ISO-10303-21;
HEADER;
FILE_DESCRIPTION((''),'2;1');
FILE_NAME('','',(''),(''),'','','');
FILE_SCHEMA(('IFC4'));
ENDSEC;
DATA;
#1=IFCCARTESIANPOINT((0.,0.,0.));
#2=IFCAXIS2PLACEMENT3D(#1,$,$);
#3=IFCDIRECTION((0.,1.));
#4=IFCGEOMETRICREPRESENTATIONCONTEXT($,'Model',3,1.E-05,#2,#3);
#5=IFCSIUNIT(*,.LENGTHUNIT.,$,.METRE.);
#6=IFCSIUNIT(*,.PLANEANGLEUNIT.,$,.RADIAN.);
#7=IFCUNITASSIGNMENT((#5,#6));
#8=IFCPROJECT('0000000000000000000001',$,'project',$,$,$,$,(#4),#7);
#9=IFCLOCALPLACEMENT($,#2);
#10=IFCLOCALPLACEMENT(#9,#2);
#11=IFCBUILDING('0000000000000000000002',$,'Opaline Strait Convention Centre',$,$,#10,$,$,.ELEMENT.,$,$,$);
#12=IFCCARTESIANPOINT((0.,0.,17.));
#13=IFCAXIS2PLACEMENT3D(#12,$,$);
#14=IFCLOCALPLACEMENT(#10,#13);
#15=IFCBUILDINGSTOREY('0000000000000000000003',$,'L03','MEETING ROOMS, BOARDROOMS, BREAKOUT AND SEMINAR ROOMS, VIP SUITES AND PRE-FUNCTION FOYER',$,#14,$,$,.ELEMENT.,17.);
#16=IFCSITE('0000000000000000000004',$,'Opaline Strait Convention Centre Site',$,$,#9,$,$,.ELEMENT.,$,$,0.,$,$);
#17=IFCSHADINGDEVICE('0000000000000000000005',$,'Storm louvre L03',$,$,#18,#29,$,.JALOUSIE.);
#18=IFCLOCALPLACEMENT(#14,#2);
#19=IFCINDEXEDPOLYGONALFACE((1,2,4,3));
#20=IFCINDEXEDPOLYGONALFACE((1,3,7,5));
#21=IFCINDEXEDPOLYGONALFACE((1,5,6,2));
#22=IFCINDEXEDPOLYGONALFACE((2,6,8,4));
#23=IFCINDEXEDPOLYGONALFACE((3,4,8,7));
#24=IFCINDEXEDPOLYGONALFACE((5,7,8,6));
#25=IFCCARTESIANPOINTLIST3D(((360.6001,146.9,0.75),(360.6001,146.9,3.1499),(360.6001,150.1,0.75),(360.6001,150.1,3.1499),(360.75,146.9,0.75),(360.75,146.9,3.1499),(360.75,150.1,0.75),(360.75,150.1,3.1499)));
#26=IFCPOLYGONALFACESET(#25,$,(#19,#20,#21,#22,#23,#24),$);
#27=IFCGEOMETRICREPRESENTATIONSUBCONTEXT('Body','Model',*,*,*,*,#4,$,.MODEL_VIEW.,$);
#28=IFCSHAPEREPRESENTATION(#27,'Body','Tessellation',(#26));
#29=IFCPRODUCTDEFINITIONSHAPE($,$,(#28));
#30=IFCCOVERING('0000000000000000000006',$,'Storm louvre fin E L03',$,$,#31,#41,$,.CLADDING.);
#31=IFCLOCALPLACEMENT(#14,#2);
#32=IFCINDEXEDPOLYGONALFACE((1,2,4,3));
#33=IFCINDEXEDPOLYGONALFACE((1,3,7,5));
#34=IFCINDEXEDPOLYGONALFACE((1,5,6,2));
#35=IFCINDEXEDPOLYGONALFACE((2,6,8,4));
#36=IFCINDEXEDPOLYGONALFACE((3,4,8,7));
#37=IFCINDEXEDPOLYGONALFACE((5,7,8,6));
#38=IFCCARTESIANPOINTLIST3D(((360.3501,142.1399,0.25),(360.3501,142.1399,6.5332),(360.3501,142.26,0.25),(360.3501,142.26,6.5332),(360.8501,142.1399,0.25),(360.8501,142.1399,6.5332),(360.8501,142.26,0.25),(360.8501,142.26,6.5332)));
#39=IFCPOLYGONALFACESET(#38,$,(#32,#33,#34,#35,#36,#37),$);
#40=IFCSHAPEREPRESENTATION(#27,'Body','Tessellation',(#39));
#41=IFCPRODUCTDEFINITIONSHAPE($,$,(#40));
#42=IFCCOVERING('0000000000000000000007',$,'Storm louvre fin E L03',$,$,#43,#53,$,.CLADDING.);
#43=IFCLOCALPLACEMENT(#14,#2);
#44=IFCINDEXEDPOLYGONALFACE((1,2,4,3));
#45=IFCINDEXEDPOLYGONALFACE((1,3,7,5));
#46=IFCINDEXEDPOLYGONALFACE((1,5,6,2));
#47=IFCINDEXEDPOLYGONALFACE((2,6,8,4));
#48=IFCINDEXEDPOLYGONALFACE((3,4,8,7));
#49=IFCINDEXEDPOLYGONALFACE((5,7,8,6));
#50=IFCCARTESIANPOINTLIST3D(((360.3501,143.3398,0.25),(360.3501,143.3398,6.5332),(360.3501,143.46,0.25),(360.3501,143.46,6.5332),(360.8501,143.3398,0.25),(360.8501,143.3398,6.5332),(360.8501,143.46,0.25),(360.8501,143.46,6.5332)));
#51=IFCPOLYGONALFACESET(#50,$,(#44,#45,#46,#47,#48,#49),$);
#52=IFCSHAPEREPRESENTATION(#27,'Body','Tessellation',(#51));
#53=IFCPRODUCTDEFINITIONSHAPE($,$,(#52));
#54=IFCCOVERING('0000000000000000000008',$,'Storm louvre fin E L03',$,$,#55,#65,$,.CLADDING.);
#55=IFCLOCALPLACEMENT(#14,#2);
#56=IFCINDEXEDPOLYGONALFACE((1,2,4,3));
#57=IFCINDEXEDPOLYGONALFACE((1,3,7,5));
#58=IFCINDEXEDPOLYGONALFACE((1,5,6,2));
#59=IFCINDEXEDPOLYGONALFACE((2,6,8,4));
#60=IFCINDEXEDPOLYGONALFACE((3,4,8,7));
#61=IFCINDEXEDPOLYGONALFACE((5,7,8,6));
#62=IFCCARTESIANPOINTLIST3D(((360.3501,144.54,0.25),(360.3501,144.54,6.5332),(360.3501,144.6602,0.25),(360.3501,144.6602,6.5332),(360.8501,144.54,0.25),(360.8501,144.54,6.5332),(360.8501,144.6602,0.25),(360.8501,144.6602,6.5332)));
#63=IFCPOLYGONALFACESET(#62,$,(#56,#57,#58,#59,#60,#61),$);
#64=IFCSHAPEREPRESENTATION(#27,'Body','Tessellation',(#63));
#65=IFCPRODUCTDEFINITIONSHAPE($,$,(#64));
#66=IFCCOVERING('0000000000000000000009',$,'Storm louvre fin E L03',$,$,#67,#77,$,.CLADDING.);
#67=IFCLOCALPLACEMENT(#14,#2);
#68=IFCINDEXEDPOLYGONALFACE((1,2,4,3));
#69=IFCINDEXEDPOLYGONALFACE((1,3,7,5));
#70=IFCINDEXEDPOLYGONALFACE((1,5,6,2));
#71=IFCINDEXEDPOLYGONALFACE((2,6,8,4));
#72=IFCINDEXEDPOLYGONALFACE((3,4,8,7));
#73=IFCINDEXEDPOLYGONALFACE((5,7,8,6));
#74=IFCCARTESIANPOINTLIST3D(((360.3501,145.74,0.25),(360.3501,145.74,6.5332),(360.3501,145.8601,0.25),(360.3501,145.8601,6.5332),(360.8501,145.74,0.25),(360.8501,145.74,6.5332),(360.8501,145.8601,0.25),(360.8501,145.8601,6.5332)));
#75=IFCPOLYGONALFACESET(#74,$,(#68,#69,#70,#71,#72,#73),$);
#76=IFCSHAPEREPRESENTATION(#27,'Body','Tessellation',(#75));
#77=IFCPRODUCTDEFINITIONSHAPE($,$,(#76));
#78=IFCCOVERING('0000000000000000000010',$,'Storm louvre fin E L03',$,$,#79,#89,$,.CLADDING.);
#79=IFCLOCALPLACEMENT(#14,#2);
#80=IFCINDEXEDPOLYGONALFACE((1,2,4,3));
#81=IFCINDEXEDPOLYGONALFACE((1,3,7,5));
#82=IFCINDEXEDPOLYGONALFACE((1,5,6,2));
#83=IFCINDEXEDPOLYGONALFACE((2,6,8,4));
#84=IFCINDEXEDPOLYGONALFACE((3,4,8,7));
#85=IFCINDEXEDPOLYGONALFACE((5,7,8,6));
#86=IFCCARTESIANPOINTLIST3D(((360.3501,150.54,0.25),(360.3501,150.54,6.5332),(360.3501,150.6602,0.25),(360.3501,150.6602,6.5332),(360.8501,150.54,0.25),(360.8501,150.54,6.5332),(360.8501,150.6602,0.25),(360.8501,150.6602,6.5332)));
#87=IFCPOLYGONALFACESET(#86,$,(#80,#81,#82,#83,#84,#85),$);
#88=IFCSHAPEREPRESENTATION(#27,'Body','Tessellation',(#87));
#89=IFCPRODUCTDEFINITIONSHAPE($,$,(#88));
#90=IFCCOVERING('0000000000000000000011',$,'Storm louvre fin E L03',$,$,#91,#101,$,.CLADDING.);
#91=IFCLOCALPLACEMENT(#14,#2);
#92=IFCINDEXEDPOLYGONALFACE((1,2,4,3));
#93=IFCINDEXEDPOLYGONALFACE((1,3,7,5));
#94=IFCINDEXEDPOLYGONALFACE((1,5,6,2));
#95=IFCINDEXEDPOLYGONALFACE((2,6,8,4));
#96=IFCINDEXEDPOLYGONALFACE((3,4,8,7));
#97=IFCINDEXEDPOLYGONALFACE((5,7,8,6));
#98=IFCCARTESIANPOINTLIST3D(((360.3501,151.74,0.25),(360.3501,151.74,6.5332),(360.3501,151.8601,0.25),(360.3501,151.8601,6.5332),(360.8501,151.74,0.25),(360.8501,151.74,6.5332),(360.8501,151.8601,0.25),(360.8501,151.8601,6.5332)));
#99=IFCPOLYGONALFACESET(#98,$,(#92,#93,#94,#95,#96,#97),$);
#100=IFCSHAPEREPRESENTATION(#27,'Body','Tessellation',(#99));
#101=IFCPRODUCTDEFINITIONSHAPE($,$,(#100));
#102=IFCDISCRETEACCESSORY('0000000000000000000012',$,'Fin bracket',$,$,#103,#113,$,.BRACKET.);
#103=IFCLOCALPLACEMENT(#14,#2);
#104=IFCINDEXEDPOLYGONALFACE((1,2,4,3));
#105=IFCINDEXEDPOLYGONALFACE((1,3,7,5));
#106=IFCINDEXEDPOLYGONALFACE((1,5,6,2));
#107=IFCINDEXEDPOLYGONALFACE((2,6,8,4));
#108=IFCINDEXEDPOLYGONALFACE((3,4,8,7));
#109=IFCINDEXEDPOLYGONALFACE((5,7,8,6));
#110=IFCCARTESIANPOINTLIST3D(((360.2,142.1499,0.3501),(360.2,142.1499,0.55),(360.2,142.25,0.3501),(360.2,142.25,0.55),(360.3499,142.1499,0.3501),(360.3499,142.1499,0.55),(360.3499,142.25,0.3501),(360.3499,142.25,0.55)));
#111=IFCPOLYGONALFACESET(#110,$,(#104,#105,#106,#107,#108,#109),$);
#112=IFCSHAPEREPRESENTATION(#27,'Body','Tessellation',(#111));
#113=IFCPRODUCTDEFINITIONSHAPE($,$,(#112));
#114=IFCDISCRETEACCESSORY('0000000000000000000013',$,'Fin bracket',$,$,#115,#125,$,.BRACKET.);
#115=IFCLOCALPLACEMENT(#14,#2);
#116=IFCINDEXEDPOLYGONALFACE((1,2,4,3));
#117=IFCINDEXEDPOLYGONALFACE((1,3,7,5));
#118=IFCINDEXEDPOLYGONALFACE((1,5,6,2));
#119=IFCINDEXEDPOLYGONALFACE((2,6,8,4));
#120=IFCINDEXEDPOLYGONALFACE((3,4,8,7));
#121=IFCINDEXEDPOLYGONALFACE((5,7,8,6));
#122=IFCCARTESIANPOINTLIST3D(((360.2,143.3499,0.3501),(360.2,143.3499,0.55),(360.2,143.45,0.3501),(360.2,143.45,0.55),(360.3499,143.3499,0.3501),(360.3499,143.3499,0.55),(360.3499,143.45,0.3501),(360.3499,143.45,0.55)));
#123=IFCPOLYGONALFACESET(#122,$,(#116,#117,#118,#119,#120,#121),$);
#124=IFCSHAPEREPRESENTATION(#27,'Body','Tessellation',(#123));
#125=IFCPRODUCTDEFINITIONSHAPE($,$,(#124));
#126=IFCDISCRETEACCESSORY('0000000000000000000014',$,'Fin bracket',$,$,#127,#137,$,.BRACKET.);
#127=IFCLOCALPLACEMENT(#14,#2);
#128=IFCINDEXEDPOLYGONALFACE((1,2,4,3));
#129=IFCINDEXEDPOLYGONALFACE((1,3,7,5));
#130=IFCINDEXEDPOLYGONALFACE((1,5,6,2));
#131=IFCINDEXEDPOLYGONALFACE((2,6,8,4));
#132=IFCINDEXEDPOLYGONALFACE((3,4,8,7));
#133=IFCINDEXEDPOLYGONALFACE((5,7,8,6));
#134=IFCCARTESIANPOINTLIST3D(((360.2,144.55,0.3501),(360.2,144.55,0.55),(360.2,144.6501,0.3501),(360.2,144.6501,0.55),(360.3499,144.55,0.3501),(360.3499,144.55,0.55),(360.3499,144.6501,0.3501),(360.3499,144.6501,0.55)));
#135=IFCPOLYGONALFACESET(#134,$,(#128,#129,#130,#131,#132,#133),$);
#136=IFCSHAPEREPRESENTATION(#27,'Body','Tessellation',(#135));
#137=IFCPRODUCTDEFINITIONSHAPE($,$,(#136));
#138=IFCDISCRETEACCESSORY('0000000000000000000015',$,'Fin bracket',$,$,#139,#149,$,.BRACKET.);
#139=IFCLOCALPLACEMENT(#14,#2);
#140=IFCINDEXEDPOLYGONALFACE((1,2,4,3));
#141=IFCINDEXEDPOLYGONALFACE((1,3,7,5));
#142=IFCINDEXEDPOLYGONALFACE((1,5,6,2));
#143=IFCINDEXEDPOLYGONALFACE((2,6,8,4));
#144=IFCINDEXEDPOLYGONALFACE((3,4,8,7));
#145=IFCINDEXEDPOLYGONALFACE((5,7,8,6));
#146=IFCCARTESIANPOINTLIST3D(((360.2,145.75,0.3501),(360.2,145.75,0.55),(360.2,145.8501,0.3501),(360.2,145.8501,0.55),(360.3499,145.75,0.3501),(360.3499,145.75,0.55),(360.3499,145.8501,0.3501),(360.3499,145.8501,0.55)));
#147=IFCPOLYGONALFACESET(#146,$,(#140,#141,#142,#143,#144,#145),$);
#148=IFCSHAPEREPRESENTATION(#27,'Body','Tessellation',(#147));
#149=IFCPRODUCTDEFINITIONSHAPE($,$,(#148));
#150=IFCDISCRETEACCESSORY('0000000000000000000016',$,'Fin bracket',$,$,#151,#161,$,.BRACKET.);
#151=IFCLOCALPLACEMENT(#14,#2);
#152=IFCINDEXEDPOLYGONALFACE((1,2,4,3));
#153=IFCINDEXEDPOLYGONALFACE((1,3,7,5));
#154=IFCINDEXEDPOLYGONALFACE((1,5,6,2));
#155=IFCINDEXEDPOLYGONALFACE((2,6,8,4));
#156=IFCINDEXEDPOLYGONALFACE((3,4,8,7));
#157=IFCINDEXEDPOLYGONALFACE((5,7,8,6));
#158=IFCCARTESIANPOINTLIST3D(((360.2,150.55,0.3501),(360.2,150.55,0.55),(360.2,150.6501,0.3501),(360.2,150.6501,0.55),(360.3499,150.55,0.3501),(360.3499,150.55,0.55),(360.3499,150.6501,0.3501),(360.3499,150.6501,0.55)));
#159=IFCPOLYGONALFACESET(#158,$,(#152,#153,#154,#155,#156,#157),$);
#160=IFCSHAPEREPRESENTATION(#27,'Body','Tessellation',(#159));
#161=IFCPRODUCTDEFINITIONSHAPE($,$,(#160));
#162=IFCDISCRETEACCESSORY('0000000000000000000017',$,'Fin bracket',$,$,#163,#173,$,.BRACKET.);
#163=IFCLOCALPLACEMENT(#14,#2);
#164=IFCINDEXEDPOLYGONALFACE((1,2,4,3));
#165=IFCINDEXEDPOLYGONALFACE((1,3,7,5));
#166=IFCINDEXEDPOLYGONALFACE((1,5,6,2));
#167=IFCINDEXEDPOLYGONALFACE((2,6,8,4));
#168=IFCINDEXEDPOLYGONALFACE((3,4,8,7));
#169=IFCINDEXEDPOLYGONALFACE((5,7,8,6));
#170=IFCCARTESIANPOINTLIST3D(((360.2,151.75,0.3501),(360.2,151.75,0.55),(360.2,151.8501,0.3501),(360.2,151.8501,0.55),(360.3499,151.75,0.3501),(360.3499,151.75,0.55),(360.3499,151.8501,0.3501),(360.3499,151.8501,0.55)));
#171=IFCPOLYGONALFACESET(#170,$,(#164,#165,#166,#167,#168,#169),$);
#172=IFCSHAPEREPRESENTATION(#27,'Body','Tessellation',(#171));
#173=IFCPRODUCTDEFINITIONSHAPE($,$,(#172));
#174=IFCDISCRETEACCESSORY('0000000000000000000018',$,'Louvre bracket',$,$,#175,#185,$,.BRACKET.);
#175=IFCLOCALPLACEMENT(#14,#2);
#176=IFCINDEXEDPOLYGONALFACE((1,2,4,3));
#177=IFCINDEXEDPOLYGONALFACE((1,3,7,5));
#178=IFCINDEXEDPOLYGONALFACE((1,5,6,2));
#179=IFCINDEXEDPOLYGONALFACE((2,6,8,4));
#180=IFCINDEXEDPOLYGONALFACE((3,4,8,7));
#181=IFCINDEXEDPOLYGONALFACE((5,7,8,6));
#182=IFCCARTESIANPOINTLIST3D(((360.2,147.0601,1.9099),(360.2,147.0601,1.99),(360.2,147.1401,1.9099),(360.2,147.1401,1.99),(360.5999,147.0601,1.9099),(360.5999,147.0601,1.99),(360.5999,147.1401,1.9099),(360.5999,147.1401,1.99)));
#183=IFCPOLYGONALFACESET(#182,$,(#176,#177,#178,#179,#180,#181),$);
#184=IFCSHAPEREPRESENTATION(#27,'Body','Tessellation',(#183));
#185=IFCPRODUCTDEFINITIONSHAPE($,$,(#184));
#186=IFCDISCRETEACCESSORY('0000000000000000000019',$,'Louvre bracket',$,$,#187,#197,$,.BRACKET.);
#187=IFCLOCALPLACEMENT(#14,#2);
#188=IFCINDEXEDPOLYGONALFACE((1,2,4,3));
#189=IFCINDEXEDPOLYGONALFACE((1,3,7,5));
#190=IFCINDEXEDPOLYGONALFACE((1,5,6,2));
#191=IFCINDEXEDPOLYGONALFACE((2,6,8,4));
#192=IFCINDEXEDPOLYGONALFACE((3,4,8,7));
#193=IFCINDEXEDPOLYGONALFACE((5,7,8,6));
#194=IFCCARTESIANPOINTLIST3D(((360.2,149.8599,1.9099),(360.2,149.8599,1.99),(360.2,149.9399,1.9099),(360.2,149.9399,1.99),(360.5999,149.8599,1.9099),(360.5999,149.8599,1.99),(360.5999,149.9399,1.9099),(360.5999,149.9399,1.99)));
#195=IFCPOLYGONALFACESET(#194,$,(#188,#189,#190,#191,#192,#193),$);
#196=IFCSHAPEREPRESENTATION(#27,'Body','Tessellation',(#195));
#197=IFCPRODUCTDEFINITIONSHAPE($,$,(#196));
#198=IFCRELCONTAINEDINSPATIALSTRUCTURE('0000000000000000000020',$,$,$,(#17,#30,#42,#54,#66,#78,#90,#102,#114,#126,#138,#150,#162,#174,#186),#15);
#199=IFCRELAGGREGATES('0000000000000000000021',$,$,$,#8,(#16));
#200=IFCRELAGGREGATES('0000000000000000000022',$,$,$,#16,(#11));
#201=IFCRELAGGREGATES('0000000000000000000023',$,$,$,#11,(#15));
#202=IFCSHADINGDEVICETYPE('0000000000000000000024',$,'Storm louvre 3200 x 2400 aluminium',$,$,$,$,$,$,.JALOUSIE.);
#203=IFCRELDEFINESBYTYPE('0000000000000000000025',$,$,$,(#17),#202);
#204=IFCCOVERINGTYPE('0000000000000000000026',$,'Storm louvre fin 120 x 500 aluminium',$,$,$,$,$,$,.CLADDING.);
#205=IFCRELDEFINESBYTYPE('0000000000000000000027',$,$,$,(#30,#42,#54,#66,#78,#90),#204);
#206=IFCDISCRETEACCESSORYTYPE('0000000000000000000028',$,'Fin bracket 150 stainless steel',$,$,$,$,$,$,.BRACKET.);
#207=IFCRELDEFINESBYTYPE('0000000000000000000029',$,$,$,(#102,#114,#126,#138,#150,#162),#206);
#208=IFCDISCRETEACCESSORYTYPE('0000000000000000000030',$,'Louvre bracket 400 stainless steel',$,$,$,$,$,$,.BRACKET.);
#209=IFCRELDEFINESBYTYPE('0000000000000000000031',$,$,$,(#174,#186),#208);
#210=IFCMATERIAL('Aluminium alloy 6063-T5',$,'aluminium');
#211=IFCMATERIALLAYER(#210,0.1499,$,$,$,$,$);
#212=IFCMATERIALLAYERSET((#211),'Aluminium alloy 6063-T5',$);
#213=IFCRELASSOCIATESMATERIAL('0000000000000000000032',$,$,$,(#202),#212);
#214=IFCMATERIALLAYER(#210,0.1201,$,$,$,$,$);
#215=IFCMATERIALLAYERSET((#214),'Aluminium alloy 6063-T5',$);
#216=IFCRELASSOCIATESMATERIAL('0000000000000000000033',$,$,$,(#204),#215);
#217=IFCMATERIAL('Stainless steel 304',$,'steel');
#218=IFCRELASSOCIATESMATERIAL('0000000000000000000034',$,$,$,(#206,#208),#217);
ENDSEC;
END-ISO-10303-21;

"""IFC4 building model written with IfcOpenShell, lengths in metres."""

from ifc_helpers import new_model, si_unit, direction, frame, origin, origin_2d, place, context, subcontext, project, spatial, rectangle, extrude, material, layer, layer_set, type_object, element, save


model = new_model("IFC4")

# Units and contexts
model_context = context("Model", 3, precision=1e-05, world=origin(), true_north=direction((0.0, 1.0)))
body_context = subcontext(model_context, "Body", "Model", "MODEL_VIEW")
ifc_project = project(units=[si_unit("LENGTHUNIT", "METRE"), si_unit("PLANEANGLEUNIT", "RADIAN")], contexts=[model_context])

# Site, building, storey
site_placement = place(None, origin())
site = spatial("IfcSite", under=ifc_project, at=site_placement, Name="Opaline Strait Convention Centre Site", CompositionType="ELEMENT", RefElevation=0.0)
building_placement = place(site_placement, origin())
building = spatial("IfcBuilding", under=site, at=building_placement, Name="Opaline Strait Convention Centre", CompositionType="ELEMENT")
storey_placement = place(building_placement, frame((0.0, 0.0, 17.0)))
storey = spatial("IfcBuildingStorey", under=building, at=storey_placement, Name="L03", Description="MEETING ROOMS, BOARDROOMS, BREAKOUT AND SEMINAR ROOMS, VIP SUITES AND PRE-FUNCTION FOYER", CompositionType="ELEMENT", Elevation=17.0)

# Shading device
ifc_material_1 = material(Name="Aluminium alloy 6063-T5", Category="aluminium")
ifc_layer_1 = layer(ifc_material_1, 0.1499)
ifc_layer_set_1 = layer_set([ifc_layer_1], Name="Aluminium alloy 6063-T5")
shading_device_type = type_object("IfcShadingDeviceType", Name="Storm louvre 3200 x 2400 aluminium", PredefinedType="JALOUSIE", material=ifc_layer_set_1)
shading_device_placement = place(storey_placement, frame((360.675, 148.5, 0.75), z_axis=(0.0, 0.0, 1.0), x_axis=(1.0, 0.0, 0.0)))
element("IfcShadingDevice", 1, at=shading_device_placement, inside=storey, type_object=shading_device_type, Name="Storm louvre L03", PredefinedType="JALOUSIE", context=body_context, shape_type="SweptSolid", body=[
    extrude(rectangle(XDim=0.1499, YDim=3.2, at=origin_2d()), origin(), (0.0, 0.0, 1.0), 2.3999),
])

# Coverings
ifc_layer_2 = layer(ifc_material_1, 0.1201)
ifc_layer_set_2 = layer_set([ifc_layer_2], Name="Aluminium alloy 6063-T5")
covering_type = type_object("IfcCoveringType", Name="Storm louvre fin 120 x 500 aluminium", PredefinedType="CLADDING", material=ifc_layer_set_2)
for number, where, z_axis, x_axis, name in (
    (2, (360.6001, 142.2, 0.25), (0.0, 0.0, 1.0), (1.0, 0.0, 0.0), "Storm louvre fin E L03"),
    (3, (360.6001, 143.3999, 0.25), (0.0, 0.0, 1.0), (1.0, 0.0, 0.0), "Storm louvre fin E L03"),
    (4, (360.6001, 144.6001, 0.25), (0.0, 0.0, 1.0), (1.0, 0.0, 0.0), "Storm louvre fin E L03"),
    (5, (360.6001, 145.8, 0.25), (0.0, 0.0, 1.0), (1.0, 0.0, 0.0), "Storm louvre fin E L03"),
    (6, (360.6001, 150.6001, 0.25), (0.0, 0.0, 1.0), (1.0, 0.0, 0.0), "Storm louvre fin E L03"),
    (7, (360.6001, 151.8, 0.25), (0.0, 0.0, 1.0), (1.0, 0.0, 0.0), "Storm louvre fin E L03"),
):
    element("IfcCovering", number, at=place(storey_placement, frame(where, z_axis=z_axis, x_axis=x_axis)), inside=storey, type_object=covering_type, Name=name, PredefinedType="CLADDING", context=body_context, shape_type="SweptSolid", body=[
        extrude(rectangle(XDim=0.5, YDim=0.1201, at=origin_2d()), origin(), (0.0, 0.0, 1.0), 6.2832),
    ])

# Discrete accessories
ifc_material_2 = material(Name="Stainless steel 304", Category="steel")
discrete_accessory_type_1 = type_object("IfcDiscreteAccessoryType", Name="Fin bracket 150 stainless steel", PredefinedType="BRACKET", material=ifc_material_2)
for number, where, z_axis, x_axis, name in (
    (8, (360.2749, 142.2, 0.3501), (0.0, 0.0, 1.0), (1.0, 0.0, 0.0), "Fin bracket"),
    (9, (360.2749, 143.3999, 0.3501), (0.0, 0.0, 1.0), (1.0, 0.0, 0.0), "Fin bracket"),
    (10, (360.2749, 144.6001, 0.3501), (0.0, 0.0, 1.0), (1.0, 0.0, 0.0), "Fin bracket"),
    (11, (360.2749, 145.8, 0.3501), (0.0, 0.0, 1.0), (1.0, 0.0, 0.0), "Fin bracket"),
    (12, (360.2749, 150.6001, 0.3501), (0.0, 0.0, 1.0), (1.0, 0.0, 0.0), "Fin bracket"),
    (13, (360.2749, 151.8, 0.3501), (0.0, 0.0, 1.0), (1.0, 0.0, 0.0), "Fin bracket"),
):
    element("IfcDiscreteAccessory", number, at=place(storey_placement, frame(where, z_axis=z_axis, x_axis=x_axis)), inside=storey, type_object=discrete_accessory_type_1, Name=name, PredefinedType="BRACKET", context=body_context, shape_type="SweptSolid", body=[
        extrude(rectangle(XDim=0.1499, YDim=0.1001, at=origin_2d()), origin(), (0.0, 0.0, 1.0), 0.2),
    ])
discrete_accessory_type_2 = type_object("IfcDiscreteAccessoryType", Name="Louvre bracket 400 stainless steel", PredefinedType="BRACKET", material=ifc_material_2)
for number, where, z_axis, x_axis, name in (
    (14, (360.3999, 147.1001, 1.9099), (0.0, 0.0, 1.0), (1.0, 0.0, 0.0), "Louvre bracket"),
    (15, (360.3999, 149.8999, 1.9099), (0.0, 0.0, 1.0), (1.0, 0.0, 0.0), "Louvre bracket"),
):
    element("IfcDiscreteAccessory", number, at=place(storey_placement, frame(where, z_axis=z_axis, x_axis=x_axis)), inside=storey, type_object=discrete_accessory_type_2, Name=name, PredefinedType="BRACKET", context=body_context, shape_type="SweptSolid", body=[
        extrude(rectangle(XDim=0.3999, YDim=0.0801, at=origin_2d()), origin(), (0.0, 0.0, 1.0), 0.0801),
    ])

save(model, "model.ifc")
